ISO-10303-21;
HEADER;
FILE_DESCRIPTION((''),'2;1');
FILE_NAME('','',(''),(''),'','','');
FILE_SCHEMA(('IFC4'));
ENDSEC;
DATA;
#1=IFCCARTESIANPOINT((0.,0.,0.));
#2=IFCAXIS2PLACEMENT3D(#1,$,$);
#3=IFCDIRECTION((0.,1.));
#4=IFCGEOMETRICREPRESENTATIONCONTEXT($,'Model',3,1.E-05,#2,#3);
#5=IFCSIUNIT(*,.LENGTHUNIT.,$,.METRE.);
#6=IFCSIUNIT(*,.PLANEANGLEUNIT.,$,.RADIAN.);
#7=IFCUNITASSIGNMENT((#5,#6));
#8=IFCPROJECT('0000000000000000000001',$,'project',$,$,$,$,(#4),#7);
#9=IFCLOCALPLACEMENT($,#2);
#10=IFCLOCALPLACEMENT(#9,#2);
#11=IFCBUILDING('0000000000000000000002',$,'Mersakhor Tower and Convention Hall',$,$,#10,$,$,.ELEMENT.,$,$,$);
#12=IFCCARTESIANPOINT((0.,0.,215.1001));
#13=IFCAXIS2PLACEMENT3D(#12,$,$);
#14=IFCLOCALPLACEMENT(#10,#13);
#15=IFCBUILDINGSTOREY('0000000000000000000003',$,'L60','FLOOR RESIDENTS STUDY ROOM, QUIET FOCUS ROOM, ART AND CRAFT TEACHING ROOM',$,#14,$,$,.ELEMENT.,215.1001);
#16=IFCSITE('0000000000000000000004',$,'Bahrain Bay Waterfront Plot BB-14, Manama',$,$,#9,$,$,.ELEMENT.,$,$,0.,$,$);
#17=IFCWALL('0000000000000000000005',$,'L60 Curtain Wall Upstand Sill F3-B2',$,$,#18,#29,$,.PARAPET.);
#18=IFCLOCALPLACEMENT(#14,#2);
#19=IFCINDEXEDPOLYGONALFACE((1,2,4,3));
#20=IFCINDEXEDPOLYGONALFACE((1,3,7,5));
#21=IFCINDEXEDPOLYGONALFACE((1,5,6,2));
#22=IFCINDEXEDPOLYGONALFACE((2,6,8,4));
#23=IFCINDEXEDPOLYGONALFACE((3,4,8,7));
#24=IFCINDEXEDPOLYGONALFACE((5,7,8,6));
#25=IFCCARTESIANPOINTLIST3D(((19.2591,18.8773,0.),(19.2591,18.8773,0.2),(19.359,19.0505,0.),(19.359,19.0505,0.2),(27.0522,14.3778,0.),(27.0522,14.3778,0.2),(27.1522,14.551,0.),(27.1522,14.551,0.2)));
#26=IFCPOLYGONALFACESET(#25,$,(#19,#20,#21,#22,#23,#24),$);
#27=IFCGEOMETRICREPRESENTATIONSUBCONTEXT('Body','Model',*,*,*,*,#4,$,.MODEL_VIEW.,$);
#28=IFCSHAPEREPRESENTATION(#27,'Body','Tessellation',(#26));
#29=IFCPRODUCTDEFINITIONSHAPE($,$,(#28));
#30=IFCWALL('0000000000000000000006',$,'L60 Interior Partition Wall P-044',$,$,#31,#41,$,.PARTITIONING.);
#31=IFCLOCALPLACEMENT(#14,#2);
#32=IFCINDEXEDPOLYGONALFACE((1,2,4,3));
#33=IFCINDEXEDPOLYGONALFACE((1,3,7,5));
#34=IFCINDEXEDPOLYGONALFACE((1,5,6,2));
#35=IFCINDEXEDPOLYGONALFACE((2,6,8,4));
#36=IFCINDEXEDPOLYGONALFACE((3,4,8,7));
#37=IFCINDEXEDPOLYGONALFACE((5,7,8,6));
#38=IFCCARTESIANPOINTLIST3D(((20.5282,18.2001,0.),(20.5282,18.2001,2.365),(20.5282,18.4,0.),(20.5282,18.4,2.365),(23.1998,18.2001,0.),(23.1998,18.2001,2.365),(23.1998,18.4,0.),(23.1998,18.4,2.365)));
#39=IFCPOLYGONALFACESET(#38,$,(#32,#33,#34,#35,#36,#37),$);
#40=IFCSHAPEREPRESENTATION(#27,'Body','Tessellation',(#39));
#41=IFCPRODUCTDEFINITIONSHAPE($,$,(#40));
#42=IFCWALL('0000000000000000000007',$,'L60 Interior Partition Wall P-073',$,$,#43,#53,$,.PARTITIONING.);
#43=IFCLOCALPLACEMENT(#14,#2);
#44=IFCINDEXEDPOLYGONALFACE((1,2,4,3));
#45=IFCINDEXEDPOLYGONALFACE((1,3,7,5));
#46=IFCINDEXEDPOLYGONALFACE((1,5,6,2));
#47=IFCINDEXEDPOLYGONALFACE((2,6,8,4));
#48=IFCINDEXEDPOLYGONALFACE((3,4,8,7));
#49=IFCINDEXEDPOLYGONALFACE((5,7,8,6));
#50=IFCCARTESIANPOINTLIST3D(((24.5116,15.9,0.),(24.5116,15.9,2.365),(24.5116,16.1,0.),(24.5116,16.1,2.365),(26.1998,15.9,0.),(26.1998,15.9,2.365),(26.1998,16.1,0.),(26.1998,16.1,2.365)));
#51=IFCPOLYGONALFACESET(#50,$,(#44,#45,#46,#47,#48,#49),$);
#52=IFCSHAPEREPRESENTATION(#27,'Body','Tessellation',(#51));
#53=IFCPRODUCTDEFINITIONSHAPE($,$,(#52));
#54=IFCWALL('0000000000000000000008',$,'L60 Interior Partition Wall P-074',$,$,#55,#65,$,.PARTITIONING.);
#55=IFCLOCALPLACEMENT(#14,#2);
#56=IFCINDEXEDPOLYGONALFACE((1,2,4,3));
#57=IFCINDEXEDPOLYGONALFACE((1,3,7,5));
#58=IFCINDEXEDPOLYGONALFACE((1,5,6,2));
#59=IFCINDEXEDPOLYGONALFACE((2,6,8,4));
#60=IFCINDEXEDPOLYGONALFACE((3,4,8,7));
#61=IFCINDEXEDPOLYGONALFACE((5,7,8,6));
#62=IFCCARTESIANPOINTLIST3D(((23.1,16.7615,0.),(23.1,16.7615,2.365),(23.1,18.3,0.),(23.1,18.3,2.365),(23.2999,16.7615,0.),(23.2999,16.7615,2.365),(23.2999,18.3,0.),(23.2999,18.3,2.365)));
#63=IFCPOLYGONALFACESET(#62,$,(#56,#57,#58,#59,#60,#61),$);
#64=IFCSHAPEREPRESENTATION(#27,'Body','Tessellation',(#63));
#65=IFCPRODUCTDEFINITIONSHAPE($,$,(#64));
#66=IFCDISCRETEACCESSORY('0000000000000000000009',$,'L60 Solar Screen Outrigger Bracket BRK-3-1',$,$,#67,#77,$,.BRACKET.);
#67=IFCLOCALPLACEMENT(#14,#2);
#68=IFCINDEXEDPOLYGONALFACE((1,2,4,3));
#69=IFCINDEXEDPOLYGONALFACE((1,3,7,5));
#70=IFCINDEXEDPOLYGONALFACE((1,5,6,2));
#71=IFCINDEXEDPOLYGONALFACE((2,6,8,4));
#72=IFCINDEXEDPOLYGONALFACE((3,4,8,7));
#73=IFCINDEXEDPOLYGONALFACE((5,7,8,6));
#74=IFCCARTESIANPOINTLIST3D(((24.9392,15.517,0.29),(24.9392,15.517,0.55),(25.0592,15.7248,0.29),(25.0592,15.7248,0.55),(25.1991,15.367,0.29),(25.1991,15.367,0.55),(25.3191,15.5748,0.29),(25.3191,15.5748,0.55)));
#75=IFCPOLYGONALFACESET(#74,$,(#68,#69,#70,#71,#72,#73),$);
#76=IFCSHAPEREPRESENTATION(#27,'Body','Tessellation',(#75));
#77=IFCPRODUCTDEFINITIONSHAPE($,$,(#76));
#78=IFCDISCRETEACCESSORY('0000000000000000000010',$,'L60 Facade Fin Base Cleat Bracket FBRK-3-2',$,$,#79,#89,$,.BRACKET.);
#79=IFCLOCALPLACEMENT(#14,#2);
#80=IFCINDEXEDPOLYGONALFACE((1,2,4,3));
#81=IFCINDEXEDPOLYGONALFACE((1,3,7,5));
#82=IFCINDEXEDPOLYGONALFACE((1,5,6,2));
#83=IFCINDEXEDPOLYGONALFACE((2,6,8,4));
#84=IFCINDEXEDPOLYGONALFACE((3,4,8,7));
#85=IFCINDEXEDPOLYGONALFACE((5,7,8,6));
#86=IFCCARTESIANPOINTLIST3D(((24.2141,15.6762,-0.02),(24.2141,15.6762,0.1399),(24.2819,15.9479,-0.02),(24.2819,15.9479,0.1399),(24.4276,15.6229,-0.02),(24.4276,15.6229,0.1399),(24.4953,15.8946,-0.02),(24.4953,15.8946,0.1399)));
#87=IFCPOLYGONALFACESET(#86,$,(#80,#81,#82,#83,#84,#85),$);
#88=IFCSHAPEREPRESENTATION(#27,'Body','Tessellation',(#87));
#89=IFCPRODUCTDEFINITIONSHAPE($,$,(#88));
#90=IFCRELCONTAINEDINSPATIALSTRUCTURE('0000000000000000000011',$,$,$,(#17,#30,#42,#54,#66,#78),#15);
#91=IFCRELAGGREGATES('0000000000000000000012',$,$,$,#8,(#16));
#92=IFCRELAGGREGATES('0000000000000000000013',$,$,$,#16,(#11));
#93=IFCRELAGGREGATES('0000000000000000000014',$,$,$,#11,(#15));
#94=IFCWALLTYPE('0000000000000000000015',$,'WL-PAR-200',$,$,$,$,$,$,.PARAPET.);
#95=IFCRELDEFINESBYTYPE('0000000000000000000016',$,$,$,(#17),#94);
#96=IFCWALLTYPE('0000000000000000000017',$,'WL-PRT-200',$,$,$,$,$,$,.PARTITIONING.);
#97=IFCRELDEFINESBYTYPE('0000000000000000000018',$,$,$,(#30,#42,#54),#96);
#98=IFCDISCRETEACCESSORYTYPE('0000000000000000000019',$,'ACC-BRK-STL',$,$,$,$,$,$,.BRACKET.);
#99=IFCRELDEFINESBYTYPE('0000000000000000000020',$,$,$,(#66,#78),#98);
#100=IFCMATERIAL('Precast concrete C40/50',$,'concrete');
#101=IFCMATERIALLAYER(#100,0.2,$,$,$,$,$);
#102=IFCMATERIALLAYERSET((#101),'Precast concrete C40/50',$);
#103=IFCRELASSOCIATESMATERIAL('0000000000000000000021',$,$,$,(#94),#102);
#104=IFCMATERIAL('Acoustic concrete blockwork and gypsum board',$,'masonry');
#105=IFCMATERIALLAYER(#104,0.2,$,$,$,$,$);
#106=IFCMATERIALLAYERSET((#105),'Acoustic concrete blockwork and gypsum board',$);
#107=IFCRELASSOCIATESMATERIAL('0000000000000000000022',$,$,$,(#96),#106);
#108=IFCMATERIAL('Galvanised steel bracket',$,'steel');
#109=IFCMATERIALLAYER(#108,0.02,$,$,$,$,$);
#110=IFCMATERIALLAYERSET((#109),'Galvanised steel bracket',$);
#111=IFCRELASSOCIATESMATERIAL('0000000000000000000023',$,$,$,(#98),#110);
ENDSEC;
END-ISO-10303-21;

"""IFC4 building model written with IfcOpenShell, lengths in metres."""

from ifc_helpers import new_model, si_unit, direction, frame, frame_2d, origin, origin_2d, place, context, subcontext, project, spatial, rectangle, extrude, material, layer, layer_set, type_object, element, save


model = new_model("IFC4")

# Units and contexts
model_context = context("Model", 3, precision=1e-05, world=origin(), true_north=direction((0.0, 1.0)))
body_context = subcontext(model_context, "Body", "Model", "MODEL_VIEW")
ifc_project = project(units=[si_unit("LENGTHUNIT", "METRE"), si_unit("PLANEANGLEUNIT", "RADIAN")], contexts=[model_context])

# Site, building, storey
site_placement = place(None, origin())
site = spatial("IfcSite", under=ifc_project, at=site_placement, Name="Bahrain Bay Waterfront Plot BB-14, Manama", CompositionType="ELEMENT", RefElevation=0.0)
building_placement = place(site_placement, origin())
building = spatial("IfcBuilding", under=site, at=building_placement, Name="Mersakhor Tower and Convention Hall", CompositionType="ELEMENT")
storey_placement = place(building_placement, frame((0.0, 0.0, 215.1001)))
storey = spatial("IfcBuildingStorey", under=building, at=storey_placement, Name="L60", Description="FLOOR RESIDENTS STUDY ROOM, QUIET FOCUS ROOM, ART AND CRAFT TEACHING ROOM", CompositionType="ELEMENT", Elevation=215.1001)

# Walls
ifc_material_1 = material(Name="Precast concrete C40/50", Category="concrete")
ifc_layer_1 = layer(ifc_material_1, 0.2)
ifc_layer_set_1 = layer_set([ifc_layer_1], Name="Precast concrete C40/50")
wall_type_1 = type_object("IfcWallType", Name="WL-PAR-200", PredefinedType="PARAPET", material=ifc_layer_set_1)
wall_1_placement = place(storey_placement, frame((27.1023, 14.4644, 0.0), z_axis=(0.0, 0.0, 1.0), x_axis=(-0.866021, 0.500008, 0.0)))
element("IfcWall", 1, at=wall_1_placement, inside=storey, type_object=wall_type_1, Name="L60 Curtain Wall Upstand Sill F3-B2", PredefinedType="PARAPET", context=body_context, shape_type="SweptSolid", body=[
    extrude(rectangle(XDim=8.9988, YDim=0.2, at=frame_2d((4.4995, 0.0))), origin(), (0.0, 0.0, 1.0), 0.2),
])
ifc_material_2 = material(Name="Acoustic concrete blockwork and gypsum board", Category="masonry")
ifc_layer_2 = layer(ifc_material_2, 0.2)
ifc_layer_set_2 = layer_set([ifc_layer_2], Name="Acoustic concrete blockwork and gypsum board")
wall_type_2 = type_object("IfcWallType", Name="WL-PRT-200", PredefinedType="PARTITIONING", material=ifc_layer_set_2)
wall_2_placement = place(storey_placement, frame((23.2, 18.3, 0.0), z_axis=(0.0, 0.0, 1.0), x_axis=(-1.0, 0.0, 0.0)))
element("IfcWall", 2, at=wall_2_placement, inside=storey, type_object=wall_type_2, Name="L60 Interior Partition Wall P-044", PredefinedType="PARTITIONING", context=body_context, shape_type="SweptSolid", body=[
    extrude(rectangle(XDim=2.6716, YDim=0.2, at=frame_2d((1.3359, 0.0))), origin(), (0.0, 0.0, 1.0), 2.365),
])
wall_3_placement = place(storey_placement, frame((26.2, 16.0, 0.0), z_axis=(0.0, 0.0, 1.0), x_axis=(-1.0, 0.0, 0.0)))
element("IfcWall", 3, at=wall_3_placement, inside=storey, type_object=wall_type_2, Name="L60 Interior Partition Wall P-073", PredefinedType="PARTITIONING", context=body_context, shape_type="SweptSolid", body=[
    extrude(rectangle(XDim=1.6882, YDim=0.2, at=frame_2d((0.8442, 0.0))), origin(), (0.0, 0.0, 1.0), 2.365),
])
wall_4_placement = place(storey_placement, frame((23.2, 16.7615, 0.0), z_axis=(0.0, 0.0, 1.0), x_axis=(0.0, 1.0, 0.0)))
element("IfcWall", 4, at=wall_4_placement, inside=storey, type_object=wall_type_2, Name="L60 Interior Partition Wall P-074", PredefinedType="PARTITIONING", context=body_context, shape_type="SweptSolid", body=[
    extrude(rectangle(XDim=1.5386, YDim=0.2, at=frame_2d((0.7693, 0.0))), origin(), (0.0, 0.0, 1.0), 2.365),
])

# Discrete accessories
ifc_material_3 = material(Name="Galvanised steel bracket", Category="steel")
ifc_layer_3 = layer(ifc_material_3, 0.02)
ifc_layer_set_3 = layer_set([ifc_layer_3], Name="Galvanised steel bracket")
discrete_accessory_type = type_object("IfcDiscreteAccessoryType", Name="ACC-BRK-STL", PredefinedType="BRACKET", material=ifc_layer_set_3)
discrete_accessory_1_placement = place(storey_placement, frame((25.1292, 15.5459, 0.29), z_axis=(0.0, 0.0, 1.0), x_axis=(-0.866025, 0.5, 0.0)))
element("IfcDiscreteAccessory", 5, at=discrete_accessory_1_placement, inside=storey, type_object=discrete_accessory_type, Name="L60 Solar Screen Outrigger Bracket BRK-3-1", PredefinedType="BRACKET", context=body_context, shape_type="SweptSolid", body=[
    extrude(rectangle(XDim=0.3, YDim=0.24, at=origin_2d()), origin(), (0.0, 0.0, 1.0), 0.26),
])
discrete_accessory_2_placement = place(storey_placement, frame((24.3547, 15.7854, -0.02), z_axis=(0.0, 0.0, 1.0), x_axis=(-0.241922, -0.970296, 0.0)))
element("IfcDiscreteAccessory", 6, at=discrete_accessory_2_placement, inside=storey, type_object=discrete_accessory_type, Name="L60 Facade Fin Base Cleat Bracket FBRK-3-2", PredefinedType="BRACKET", context=body_context, shape_type="SweptSolid", body=[
    extrude(rectangle(XDim=0.28, YDim=0.22, at=origin_2d()), origin(), (0.0, 0.0, 1.0), 0.1599),
])

save(model, "model.ifc")
